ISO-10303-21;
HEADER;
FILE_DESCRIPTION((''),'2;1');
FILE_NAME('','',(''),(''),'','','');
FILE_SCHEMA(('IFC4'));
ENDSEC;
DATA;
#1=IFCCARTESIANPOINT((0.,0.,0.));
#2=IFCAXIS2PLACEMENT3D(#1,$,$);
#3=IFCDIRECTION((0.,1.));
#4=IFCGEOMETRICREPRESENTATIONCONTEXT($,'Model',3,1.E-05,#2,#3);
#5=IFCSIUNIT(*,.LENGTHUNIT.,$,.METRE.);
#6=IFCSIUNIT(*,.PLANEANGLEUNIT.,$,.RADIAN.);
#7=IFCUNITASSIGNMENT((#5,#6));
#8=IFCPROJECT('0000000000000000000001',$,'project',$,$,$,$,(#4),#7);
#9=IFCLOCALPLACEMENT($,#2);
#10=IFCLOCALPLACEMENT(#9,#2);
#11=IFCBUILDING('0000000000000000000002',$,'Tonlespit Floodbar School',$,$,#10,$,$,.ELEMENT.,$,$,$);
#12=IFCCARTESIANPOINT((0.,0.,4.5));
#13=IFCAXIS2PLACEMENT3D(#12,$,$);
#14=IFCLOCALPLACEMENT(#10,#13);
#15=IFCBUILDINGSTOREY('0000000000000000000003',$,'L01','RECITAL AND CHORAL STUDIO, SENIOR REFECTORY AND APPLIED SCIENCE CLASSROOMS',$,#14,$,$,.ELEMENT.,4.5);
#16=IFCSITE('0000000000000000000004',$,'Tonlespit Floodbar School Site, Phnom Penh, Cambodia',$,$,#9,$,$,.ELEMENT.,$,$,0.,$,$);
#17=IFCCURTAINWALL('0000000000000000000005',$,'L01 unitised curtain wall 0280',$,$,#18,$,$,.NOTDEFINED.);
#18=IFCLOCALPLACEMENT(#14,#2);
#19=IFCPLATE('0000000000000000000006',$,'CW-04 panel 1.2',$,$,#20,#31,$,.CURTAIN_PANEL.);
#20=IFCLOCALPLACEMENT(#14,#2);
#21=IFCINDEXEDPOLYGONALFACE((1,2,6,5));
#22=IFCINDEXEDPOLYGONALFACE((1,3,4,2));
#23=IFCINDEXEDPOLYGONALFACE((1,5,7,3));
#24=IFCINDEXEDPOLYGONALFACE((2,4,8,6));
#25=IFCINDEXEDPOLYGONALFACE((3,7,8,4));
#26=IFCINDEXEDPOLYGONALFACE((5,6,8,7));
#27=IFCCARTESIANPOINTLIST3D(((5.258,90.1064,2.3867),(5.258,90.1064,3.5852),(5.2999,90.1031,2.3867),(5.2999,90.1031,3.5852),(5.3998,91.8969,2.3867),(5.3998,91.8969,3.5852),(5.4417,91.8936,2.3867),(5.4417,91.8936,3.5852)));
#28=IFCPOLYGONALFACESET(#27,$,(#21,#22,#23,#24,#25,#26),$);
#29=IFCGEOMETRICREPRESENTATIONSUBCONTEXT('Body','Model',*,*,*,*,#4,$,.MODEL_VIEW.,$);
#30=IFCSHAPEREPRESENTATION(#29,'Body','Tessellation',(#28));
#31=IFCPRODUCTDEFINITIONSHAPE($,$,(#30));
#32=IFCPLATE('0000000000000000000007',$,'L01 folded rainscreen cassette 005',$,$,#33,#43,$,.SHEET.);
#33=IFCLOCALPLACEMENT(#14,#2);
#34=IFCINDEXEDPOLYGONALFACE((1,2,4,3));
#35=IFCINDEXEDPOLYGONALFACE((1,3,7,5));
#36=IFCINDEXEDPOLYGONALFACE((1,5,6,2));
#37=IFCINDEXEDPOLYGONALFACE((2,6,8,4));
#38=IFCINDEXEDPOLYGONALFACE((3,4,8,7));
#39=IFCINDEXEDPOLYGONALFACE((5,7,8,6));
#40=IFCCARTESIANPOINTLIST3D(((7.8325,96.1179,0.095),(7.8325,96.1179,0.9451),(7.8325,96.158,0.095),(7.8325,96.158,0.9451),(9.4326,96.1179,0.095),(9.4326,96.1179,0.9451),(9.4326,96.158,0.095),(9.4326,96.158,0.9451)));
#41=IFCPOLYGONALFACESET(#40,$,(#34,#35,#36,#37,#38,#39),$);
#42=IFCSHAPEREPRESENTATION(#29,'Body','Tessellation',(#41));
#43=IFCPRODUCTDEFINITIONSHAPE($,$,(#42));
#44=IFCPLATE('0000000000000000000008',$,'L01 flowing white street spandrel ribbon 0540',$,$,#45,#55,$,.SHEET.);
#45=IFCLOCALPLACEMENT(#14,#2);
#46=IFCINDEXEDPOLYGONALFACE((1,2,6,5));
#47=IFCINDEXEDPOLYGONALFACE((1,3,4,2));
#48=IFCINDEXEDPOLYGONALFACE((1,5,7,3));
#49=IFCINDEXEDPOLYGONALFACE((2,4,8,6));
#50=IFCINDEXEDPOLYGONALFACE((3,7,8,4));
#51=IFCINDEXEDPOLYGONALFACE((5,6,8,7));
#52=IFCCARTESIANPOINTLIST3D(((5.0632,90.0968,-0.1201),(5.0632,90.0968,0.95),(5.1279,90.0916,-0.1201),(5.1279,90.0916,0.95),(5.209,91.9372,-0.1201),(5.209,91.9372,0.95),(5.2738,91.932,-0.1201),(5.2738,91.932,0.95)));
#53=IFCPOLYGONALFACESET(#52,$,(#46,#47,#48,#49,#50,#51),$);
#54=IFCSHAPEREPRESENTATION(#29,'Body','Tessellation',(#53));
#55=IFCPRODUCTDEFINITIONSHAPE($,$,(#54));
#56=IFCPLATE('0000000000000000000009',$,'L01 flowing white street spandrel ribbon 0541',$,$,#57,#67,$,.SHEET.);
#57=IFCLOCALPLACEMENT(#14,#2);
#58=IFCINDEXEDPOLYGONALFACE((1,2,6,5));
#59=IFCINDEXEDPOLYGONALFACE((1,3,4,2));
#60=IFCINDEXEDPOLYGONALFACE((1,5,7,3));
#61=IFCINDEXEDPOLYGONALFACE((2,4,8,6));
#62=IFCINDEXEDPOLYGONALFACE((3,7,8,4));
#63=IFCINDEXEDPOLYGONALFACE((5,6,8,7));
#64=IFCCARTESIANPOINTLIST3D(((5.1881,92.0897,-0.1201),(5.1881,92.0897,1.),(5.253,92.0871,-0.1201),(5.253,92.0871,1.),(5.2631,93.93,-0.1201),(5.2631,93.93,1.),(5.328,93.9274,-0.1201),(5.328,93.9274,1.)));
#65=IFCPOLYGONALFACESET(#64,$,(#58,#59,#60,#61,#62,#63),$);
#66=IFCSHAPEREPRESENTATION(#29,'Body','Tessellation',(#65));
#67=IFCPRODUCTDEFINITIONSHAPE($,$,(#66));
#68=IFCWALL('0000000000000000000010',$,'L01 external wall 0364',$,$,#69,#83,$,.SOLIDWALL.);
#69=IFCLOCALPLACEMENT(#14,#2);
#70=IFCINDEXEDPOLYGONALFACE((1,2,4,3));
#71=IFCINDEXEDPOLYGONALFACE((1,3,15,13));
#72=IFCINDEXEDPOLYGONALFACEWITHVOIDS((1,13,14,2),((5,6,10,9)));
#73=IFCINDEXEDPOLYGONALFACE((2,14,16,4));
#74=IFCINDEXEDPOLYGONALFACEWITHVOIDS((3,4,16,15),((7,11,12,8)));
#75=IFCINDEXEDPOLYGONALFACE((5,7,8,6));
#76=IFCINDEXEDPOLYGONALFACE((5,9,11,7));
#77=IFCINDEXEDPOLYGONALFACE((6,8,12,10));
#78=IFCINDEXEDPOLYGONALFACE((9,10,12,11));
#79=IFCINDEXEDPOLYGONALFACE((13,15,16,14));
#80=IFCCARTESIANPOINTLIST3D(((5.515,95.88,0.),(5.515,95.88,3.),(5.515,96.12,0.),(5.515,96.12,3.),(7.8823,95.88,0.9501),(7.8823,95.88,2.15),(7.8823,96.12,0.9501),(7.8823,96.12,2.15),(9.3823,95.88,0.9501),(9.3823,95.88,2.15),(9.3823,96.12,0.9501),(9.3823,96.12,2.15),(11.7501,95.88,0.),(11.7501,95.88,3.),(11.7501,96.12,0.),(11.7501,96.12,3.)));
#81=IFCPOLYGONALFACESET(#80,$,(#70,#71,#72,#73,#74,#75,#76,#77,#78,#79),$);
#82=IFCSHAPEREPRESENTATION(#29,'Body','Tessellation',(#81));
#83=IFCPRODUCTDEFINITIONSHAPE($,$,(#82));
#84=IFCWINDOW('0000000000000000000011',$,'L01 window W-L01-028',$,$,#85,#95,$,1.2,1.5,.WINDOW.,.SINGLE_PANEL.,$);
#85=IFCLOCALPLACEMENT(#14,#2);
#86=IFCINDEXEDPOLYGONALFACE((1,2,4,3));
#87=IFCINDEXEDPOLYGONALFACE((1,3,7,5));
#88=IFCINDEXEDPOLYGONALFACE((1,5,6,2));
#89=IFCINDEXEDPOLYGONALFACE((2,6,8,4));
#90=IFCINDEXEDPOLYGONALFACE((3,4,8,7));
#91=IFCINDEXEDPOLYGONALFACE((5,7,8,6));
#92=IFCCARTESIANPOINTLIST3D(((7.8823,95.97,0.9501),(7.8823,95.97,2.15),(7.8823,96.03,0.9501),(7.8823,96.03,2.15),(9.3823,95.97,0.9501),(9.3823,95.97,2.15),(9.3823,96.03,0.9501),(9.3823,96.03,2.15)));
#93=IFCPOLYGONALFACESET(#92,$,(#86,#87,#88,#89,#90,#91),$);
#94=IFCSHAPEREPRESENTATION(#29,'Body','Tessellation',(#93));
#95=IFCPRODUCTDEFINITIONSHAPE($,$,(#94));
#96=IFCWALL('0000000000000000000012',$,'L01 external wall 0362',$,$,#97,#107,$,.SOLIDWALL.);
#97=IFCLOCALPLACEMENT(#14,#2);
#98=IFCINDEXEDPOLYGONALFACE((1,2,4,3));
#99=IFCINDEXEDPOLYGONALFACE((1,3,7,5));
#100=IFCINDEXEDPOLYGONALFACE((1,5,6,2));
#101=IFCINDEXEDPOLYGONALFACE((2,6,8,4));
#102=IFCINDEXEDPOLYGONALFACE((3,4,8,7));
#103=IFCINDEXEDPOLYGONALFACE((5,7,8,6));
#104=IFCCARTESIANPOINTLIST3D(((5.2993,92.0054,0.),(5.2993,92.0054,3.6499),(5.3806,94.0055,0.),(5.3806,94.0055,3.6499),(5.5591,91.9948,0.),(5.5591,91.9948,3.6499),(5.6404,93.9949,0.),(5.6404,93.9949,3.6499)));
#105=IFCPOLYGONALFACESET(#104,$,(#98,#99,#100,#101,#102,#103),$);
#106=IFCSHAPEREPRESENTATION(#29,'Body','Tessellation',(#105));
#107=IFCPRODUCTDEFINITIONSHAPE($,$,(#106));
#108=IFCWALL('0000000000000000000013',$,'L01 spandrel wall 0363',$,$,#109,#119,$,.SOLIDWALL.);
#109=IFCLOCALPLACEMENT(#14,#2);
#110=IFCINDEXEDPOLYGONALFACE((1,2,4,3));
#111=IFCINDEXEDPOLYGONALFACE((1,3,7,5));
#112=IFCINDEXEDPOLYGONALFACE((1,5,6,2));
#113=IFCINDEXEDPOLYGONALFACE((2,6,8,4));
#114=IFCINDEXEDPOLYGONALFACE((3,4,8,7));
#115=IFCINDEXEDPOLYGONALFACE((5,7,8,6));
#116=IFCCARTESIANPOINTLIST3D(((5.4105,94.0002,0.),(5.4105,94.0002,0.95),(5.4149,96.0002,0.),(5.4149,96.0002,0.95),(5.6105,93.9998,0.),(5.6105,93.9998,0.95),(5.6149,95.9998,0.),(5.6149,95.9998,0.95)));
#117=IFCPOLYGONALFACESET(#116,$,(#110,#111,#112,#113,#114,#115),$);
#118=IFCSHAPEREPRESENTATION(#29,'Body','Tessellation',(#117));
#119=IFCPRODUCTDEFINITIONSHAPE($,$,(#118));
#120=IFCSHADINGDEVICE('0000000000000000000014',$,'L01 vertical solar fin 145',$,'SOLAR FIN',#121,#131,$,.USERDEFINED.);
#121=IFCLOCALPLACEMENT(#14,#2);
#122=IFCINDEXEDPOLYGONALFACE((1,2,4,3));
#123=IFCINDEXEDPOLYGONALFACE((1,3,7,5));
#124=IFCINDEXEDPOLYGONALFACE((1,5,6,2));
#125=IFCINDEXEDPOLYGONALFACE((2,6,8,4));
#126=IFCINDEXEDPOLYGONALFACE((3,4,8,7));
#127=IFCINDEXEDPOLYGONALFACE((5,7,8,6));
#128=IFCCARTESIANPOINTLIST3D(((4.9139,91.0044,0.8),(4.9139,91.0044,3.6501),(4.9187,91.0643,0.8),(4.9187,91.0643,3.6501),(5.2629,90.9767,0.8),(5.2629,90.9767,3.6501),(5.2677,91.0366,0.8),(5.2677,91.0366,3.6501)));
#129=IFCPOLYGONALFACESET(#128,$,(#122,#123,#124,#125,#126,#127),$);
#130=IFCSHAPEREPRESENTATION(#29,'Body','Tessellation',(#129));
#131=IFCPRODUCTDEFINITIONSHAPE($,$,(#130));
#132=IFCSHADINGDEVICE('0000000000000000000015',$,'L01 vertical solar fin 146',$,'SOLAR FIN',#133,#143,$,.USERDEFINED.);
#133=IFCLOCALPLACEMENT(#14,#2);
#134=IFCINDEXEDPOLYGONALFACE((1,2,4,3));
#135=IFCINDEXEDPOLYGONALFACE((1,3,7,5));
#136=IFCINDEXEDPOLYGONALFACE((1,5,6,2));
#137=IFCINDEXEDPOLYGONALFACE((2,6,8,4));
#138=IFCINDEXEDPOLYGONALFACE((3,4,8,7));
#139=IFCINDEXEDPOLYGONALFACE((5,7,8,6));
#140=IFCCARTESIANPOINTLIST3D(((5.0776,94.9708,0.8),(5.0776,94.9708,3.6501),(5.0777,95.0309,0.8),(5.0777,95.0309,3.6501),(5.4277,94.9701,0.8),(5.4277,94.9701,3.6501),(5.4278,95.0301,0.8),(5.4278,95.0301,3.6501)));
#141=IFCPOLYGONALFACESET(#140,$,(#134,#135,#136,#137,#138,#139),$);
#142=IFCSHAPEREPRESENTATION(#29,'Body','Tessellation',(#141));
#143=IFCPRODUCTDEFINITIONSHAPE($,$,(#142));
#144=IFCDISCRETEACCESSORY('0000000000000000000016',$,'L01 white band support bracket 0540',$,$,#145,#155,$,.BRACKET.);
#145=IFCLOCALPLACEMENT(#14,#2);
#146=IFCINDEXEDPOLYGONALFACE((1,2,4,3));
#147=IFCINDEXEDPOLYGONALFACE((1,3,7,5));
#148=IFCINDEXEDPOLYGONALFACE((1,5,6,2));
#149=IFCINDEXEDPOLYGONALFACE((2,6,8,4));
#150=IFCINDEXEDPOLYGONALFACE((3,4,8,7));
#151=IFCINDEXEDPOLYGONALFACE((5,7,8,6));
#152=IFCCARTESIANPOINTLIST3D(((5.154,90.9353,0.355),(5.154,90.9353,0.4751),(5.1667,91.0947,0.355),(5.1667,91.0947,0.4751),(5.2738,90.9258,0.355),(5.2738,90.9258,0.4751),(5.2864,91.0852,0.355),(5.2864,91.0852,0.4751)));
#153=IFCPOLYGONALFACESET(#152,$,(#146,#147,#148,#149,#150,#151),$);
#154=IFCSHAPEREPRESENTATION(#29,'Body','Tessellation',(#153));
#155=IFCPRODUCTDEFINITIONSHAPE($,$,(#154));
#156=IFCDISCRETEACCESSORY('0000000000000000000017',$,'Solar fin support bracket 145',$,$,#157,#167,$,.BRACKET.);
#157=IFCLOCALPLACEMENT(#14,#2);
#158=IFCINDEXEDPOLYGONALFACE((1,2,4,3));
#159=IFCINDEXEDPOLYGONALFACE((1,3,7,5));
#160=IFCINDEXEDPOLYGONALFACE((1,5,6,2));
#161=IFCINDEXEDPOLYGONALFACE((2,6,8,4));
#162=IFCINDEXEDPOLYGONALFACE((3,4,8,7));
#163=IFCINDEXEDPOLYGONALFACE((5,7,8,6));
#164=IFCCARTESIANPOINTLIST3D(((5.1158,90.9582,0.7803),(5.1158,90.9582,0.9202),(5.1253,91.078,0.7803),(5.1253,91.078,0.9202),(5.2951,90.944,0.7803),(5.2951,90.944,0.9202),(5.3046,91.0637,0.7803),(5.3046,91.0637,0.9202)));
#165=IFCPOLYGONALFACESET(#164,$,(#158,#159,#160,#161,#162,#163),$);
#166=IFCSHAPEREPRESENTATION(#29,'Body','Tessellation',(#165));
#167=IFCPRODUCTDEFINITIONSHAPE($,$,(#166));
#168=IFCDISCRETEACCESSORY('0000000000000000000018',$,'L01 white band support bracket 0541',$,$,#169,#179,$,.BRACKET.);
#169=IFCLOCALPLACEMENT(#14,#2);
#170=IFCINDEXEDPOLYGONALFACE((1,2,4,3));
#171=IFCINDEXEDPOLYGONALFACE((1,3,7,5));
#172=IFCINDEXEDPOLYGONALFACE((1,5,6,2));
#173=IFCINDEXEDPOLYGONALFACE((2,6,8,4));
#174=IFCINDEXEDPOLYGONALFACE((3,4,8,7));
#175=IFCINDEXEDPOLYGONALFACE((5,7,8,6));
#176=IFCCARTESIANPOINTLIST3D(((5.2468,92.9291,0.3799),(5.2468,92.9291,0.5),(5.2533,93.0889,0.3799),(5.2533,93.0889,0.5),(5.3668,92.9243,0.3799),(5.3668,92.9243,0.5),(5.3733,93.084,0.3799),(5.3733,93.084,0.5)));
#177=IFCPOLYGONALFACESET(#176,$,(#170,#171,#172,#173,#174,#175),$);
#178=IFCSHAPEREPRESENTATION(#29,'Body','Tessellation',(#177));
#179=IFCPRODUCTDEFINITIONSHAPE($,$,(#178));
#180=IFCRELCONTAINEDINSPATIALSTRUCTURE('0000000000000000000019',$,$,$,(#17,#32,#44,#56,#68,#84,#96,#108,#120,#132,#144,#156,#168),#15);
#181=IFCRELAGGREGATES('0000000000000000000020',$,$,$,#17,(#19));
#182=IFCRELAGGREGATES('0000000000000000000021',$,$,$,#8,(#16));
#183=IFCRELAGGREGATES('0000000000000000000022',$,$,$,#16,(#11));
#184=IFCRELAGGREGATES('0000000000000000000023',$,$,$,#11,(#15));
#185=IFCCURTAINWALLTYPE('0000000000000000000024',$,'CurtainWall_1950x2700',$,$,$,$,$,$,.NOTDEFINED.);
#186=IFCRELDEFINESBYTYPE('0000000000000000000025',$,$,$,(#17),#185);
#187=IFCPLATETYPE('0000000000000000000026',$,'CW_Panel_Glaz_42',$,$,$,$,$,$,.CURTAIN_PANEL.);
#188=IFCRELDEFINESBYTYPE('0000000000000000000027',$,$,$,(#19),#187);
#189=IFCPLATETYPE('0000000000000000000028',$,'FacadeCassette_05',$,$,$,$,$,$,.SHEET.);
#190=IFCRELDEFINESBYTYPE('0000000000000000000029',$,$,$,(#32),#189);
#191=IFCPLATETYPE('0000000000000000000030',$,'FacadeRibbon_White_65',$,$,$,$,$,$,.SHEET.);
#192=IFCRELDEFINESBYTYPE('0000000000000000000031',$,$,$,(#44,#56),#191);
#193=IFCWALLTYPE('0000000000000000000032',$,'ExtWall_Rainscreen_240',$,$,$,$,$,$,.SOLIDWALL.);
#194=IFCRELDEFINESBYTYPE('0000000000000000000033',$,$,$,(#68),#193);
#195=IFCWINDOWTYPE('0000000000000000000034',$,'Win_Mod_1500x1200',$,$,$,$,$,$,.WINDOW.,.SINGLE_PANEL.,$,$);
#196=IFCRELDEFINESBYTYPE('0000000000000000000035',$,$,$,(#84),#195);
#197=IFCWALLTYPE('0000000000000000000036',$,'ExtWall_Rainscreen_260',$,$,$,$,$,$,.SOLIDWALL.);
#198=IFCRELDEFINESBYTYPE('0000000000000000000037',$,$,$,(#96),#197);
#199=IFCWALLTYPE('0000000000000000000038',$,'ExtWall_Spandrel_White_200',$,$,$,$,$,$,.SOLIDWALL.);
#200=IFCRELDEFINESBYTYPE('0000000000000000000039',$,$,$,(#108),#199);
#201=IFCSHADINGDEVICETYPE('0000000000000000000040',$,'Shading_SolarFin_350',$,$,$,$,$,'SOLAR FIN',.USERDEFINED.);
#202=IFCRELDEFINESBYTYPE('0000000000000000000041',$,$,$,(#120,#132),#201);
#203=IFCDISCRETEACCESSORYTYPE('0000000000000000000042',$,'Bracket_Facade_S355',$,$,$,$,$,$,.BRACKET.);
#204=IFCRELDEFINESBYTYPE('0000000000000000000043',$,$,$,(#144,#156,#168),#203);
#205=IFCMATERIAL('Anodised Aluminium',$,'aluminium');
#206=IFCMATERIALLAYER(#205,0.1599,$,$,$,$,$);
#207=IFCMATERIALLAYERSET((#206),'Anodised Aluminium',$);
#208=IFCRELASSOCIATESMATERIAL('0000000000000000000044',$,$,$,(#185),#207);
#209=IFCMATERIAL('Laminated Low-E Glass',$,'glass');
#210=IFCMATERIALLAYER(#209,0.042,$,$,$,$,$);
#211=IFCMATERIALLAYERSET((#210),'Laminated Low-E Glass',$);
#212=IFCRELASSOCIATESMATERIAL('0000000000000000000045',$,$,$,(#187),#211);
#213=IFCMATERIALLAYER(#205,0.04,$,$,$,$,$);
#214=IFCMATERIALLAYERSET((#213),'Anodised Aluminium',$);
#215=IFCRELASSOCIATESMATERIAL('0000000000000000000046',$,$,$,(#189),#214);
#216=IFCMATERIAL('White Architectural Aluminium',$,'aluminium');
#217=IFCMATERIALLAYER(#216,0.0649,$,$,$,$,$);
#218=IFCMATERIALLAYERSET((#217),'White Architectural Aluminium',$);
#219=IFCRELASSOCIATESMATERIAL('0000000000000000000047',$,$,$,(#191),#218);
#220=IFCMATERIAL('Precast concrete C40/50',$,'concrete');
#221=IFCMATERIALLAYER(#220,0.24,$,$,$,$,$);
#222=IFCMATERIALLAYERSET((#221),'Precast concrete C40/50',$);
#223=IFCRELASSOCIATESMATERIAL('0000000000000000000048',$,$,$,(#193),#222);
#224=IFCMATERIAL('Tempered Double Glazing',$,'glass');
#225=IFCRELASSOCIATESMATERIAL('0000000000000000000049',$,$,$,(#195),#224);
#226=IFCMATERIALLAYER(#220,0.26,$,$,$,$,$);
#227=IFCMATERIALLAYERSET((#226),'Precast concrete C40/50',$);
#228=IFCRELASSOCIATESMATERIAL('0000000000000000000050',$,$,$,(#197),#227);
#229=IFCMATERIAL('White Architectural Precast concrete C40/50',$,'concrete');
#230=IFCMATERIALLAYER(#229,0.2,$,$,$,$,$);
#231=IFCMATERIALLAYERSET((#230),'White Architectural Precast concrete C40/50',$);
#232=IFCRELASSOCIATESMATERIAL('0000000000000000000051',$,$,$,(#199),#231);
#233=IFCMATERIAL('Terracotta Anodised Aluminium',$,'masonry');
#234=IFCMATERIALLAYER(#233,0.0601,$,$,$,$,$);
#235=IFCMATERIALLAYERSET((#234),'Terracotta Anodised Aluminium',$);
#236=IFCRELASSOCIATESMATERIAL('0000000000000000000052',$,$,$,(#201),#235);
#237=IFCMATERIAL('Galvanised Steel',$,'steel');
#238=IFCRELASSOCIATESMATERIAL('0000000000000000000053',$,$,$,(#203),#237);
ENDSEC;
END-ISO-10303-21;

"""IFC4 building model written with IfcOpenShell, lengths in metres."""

from ifc_helpers import new_model, si_unit, direction, frame, frame_2d, origin, origin_2d, place, context, subcontext, project, spatial, rectangle, extrude, material, layer, layer_set, type_object, element, fill, aggregate, save


model = new_model("IFC4")

# Units and contexts
model_context = context("Model", 3, precision=1e-05, world=origin(), true_north=direction((0.0, 1.0)))
body_context = subcontext(model_context, "Body", "Model", "MODEL_VIEW")
ifc_project = project(units=[si_unit("LENGTHUNIT", "METRE"), si_unit("PLANEANGLEUNIT", "RADIAN")], contexts=[model_context])

# Site, building, storey
site_placement = place(None, origin())
site = spatial("IfcSite", under=ifc_project, at=site_placement, Name="Tonlespit Floodbar School Site, Phnom Penh, Cambodia", CompositionType="ELEMENT", RefElevation=0.0)
building_placement = place(site_placement, origin())
building = spatial("IfcBuilding", under=site, at=building_placement, Name="Tonlespit Floodbar School", CompositionType="ELEMENT")
storey_placement = place(building_placement, frame((0.0, 0.0, 4.5)))
storey = spatial("IfcBuildingStorey", under=building, at=storey_placement, Name="L01", Description="RECITAL AND CHORAL STUDIO, SENIOR REFECTORY AND APPLIED SCIENCE CLASSROOMS", CompositionType="ELEMENT", Elevation=4.5)

# Curtain wall
ifc_material_1 = material(Name="Anodised Aluminium", Category="aluminium")
ifc_layer_1 = layer(ifc_material_1, 0.1599)
ifc_layer_set_1 = layer_set([ifc_layer_1], Name="Anodised Aluminium")
curtain_wall_type_1 = type_object("IfcCurtainWallType", Name="CurtainWall_1950x2700", PredefinedType="NOTDEFINED", material=ifc_layer_set_1)
curtain_wall_1_placement = place(storey_placement, origin())
curtain_wall_1 = element("IfcCurtainWall", 1, at=curtain_wall_1_placement, inside=storey, type_object=curtain_wall_type_1, Name="L01 unitised curtain wall 0280", PredefinedType="NOTDEFINED")

# Shared definitions
ifc_material_2 = material(Name="Laminated Low-E Glass", Category="glass")

# Plate
ifc_layer_2 = layer(ifc_material_2, 0.042)
ifc_layer_set_2 = layer_set([ifc_layer_2], Name="Laminated Low-E Glass")
plate_type_1 = type_object("IfcPlateType", Name="CW_Panel_Glaz_42", PredefinedType="CURTAIN_PANEL", material=ifc_layer_set_2)
plate_1_placement = place(storey_placement, frame((5.3499, 91.0, 2.3867), z_axis=(0.0, 0.0, 1.0), x_axis=(0.078963, 0.996878, 0.0)))
plate_1 = element("IfcPlate", 2, at=plate_1_placement, type_object=plate_type_1, Name="CW-04 panel 1.2", PredefinedType="CURTAIN_PANEL", context=body_context, shape_type="SweptSolid", body=[
    extrude(rectangle(XDim=1.7961, YDim=0.042, at=origin_2d()), origin(), (0.0, 0.0, 1.0), 1.1985),
])
aggregate(curtain_wall_1, [plate_1])

# Plates
ifc_layer_3 = layer(ifc_material_1, 0.04)
ifc_layer_set_3 = layer_set([ifc_layer_3], Name="Anodised Aluminium")
plate_type_2 = type_object("IfcPlateType", Name="FacadeCassette_05", PredefinedType="SHEET", material=ifc_layer_set_3)
plate_2_placement = place(storey_placement, frame((8.6326, 96.1379, 0.095), z_axis=(0.0, 0.0, 1.0), x_axis=(1.0, 0.0, 0.0)))
element("IfcPlate", 3, at=plate_2_placement, inside=storey, type_object=plate_type_2, Name="L01 folded rainscreen cassette 005", PredefinedType="SHEET", context=body_context, shape_type="SweptSolid", body=[
    extrude(rectangle(XDim=1.6001, YDim=0.04, at=origin_2d()), origin(), (0.0, 0.0, 1.0), 0.8501),
])
ifc_material_3 = material(Name="White Architectural Aluminium", Category="aluminium")
ifc_layer_4 = layer(ifc_material_3, 0.0649)
ifc_layer_set_4 = layer_set([ifc_layer_4], Name="White Architectural Aluminium")
plate_type_3 = type_object("IfcPlateType", Name="FacadeRibbon_White_65", PredefinedType="SHEET", material=ifc_layer_set_4)
plate_3_placement = place(storey_placement, frame((5.1685, 91.0144, -0.1201), z_axis=(0.0, 0.0, 1.0), x_axis=(0.079002, 0.996874, 0.0)))
element("IfcPlate", 4, at=plate_3_placement, inside=storey, type_object=plate_type_3, Name="L01 flowing white street spandrel ribbon 0540", PredefinedType="SHEET", context=body_context, shape_type="SweptSolid", body=[
    extrude(rectangle(XDim=1.8462, YDim=0.0649, at=origin_2d()), origin(), (0.0, 0.0, 1.0), 1.0701),
])
plate_4_placement = place(storey_placement, frame((5.2581, 93.0085, -0.1201), z_axis=(0.0, 0.0, 1.0), x_axis=(0.040716, 0.999171, 0.0)))
element("IfcPlate", 5, at=plate_4_placement, inside=storey, type_object=plate_type_3, Name="L01 flowing white street spandrel ribbon 0541", PredefinedType="SHEET", context=body_context, shape_type="SweptSolid", body=[
    extrude(rectangle(XDim=1.8418, YDim=0.0649, at=origin_2d()), origin(), (0.0, 0.0, 1.0), 1.1201),
])

# Wall, opening, window
ifc_material_4 = material(Name="Precast concrete C40/50", Category="concrete")
ifc_layer_5 = layer(ifc_material_4, 0.24)
ifc_layer_set_5 = layer_set([ifc_layer_5], Name="Precast concrete C40/50")
wall_type_1 = type_object("IfcWallType", Name="ExtWall_Rainscreen_240", PredefinedType="SOLIDWALL", material=ifc_layer_set_5)
wall_1_placement = place(storey_placement, frame((5.5149, 96.0, 0.0), z_axis=(0.0, 0.0, 1.0), x_axis=(1.0, 0.0, 0.0)))
wall_1 = element("IfcWall", 6, at=wall_1_placement, inside=storey, type_object=wall_type_1, Name="L01 external wall 0364", PredefinedType="SOLIDWALL", context=body_context, shape_type="SweptSolid", body=[
    extrude(rectangle(XDim=6.2351, YDim=0.24, at=frame_2d((3.1177, 0.0))), origin(), (0.0, 0.0, 1.0), 3.0),
])
opening_placement = place(wall_1_placement, frame((2.3674, 0.0, 0.95)))
opening = element("IfcOpeningElement", 7, at=opening_placement, cuts=wall_1, PredefinedType="OPENING", context=body_context, shape_type="SweptSolid", body=[
    extrude(rectangle(XDim=1.5, YDim=1.2, at=frame_2d((0.75, 0.6001))), frame((0.0, 0.1299, 0.0), z_axis=(0.0, -1.0, 0.0), x_axis=(1.0, 0.0, 0.0)), (0.0, 0.0, 1.0), 0.26),
])
ifc_material_5 = material(Name="Tempered Double Glazing", Category="glass")
window_type = type_object("IfcWindowType", Name="Win_Mod_1500x1200", PartitioningType="SINGLE_PANEL", PredefinedType="WINDOW", material=ifc_material_5)
window_placement = place(opening_placement, origin())
window = element("IfcWindow", 8, at=window_placement, inside=storey, type_object=window_type, Name="L01 window W-L01-028", OverallHeight=1.2, OverallWidth=1.5, PartitioningType="SINGLE_PANEL", PredefinedType="WINDOW", context=body_context, shape_type="SweptSolid", body=[
    extrude(rectangle(XDim=1.5, YDim=1.2, at=frame_2d((0.75, 0.6001))), frame((0.0, 0.03, 0.0), z_axis=(0.0, -1.0, 0.0), x_axis=(1.0, 0.0, 0.0)), (0.0, 0.0, 1.0), 0.0601),
])
fill(opening, window)

# Walls
ifc_layer_6 = layer(ifc_material_4, 0.26)
ifc_layer_set_6 = layer_set([ifc_layer_6], Name="Precast concrete C40/50")
wall_type_2 = type_object("IfcWallType", Name="ExtWall_Rainscreen_260", PredefinedType="SOLIDWALL", material=ifc_layer_set_6)
wall_2_placement = place(storey_placement, frame((5.4292, 92.0, 0.0), z_axis=(0.0, 0.0, 1.0), x_axis=(0.040616, 0.999175, 0.0)))
element("IfcWall", 9, at=wall_2_placement, inside=storey, type_object=wall_type_2, Name="L01 external wall 0362", PredefinedType="SOLIDWALL", context=body_context, shape_type="SweptSolid", body=[
    extrude(rectangle(XDim=2.0017, YDim=0.26, at=frame_2d((1.001, 0.0))), origin(), (0.0, 0.0, 1.0), 3.6499),
])
ifc_material_6 = material(Name="White Architectural Precast concrete C40/50", Category="concrete")
ifc_layer_7 = layer(ifc_material_6, 0.2)
ifc_layer_set_7 = layer_set([ifc_layer_7], Name="White Architectural Precast concrete C40/50")
wall_type_3 = type_object("IfcWallType", Name="ExtWall_Spandrel_White_200", PredefinedType="SOLIDWALL", material=ifc_layer_set_7)
wall_3_placement = place(storey_placement, frame((5.5105, 94.0, 0.0), z_axis=(0.0, 0.0, 1.0), x_axis=(0.002197, 0.999998, 0.0)))
element("IfcWall", 10, at=wall_3_placement, inside=storey, type_object=wall_type_3, Name="L01 spandrel wall 0363", PredefinedType="SOLIDWALL", context=body_context, shape_type="SweptSolid", body=[
    extrude(rectangle(XDim=2.0, YDim=0.2, at=frame_2d((1.0, 0.0))), origin(), (0.0, 0.0, 1.0), 0.95),
])

# Shading devices
ifc_material_7 = material(Name="Terracotta Anodised Aluminium", Category="masonry")
ifc_layer_8 = layer(ifc_material_7, 0.0601)
ifc_layer_set_8 = layer_set([ifc_layer_8], Name="Terracotta Anodised Aluminium")
shading_device_type = type_object("IfcShadingDeviceType", Name="Shading_SolarFin_350", ElementType="SOLAR FIN", PredefinedType="USERDEFINED", material=ifc_layer_set_8)
for number, where, z_axis, x_axis, name in (
    (11, (5.0908, 91.0205, 0.8), (0.0, 0.0, 1.0), (0.079002, 0.996874, 0.0), "L01 vertical solar fin 145"),
    (12, (5.2527, 95.0005, 0.8), (0.0, 0.0, 1.0), (0.002201, 0.999998, 0.0), "L01 vertical solar fin 146"),
):
    element("IfcShadingDevice", number, at=place(storey_placement, frame(where, z_axis=z_axis, x_axis=x_axis)), inside=storey, type_object=shading_device_type, Name=name, ObjectType="SOLAR FIN", PredefinedType="USERDEFINED", context=body_context, shape_type="SweptSolid", body=[
        extrude(rectangle(XDim=0.0601, YDim=0.3501, at=origin_2d()), origin(), (0.0, 0.0, 1.0), 2.8501),
    ])

# Discrete accessories
ifc_material_8 = material(Name="Galvanised Steel", Category="steel")
discrete_accessory_type = type_object("IfcDiscreteAccessoryType", Name="Bracket_Facade_S355", PredefinedType="BRACKET", material=ifc_material_8)
discrete_accessory_1_placement = place(storey_placement, frame((5.2202, 91.0103, 0.355), z_axis=(0.0, 0.0, 1.0), x_axis=(0.079002, 0.996874, 0.0)))
element("IfcDiscreteAccessory", 13, at=discrete_accessory_1_placement, inside=storey, type_object=discrete_accessory_type, Name="L01 white band support bracket 0540", PredefinedType="BRACKET", context=body_context, shape_type="SweptSolid", body=[
    extrude(rectangle(XDim=0.1599, YDim=0.1201, at=origin_2d()), origin(), (0.0, 0.0, 1.0), 0.1201),
])
discrete_accessory_2_placement = place(storey_placement, frame((5.2102, 91.011, 0.7803), z_axis=(0.0, 0.0, 1.0), x_axis=(0.079002, 0.996874, 0.0)))
element("IfcDiscreteAccessory", 14, at=discrete_accessory_2_placement, inside=storey, type_object=discrete_accessory_type, Name="Solar fin support bracket 145", PredefinedType="BRACKET", context=body_context, shape_type="SweptSolid", body=[
    extrude(rectangle(XDim=0.1201, YDim=0.1799, at=origin_2d()), origin(), (0.0, 0.0, 1.0), 0.1399),
])
for number, where, z_axis, x_axis, name in (
    (15, (5.3101, 93.0066, 0.3799), (0.0, 0.0, 1.0), (0.040716, 0.999171, 0.0), "L01 white band support bracket 0541"),
):
    element("IfcDiscreteAccessory", number, at=place(storey_placement, frame(where, z_axis=z_axis, x_axis=x_axis)), inside=storey, type_object=discrete_accessory_type, Name=name, PredefinedType="BRACKET", context=body_context, shape_type="SweptSolid", body=[
        extrude(rectangle(XDim=0.1599, YDim=0.1201, at=origin_2d()), origin(), (0.0, 0.0, 1.0), 0.1201),
    ])

save(model, "model.ifc")
